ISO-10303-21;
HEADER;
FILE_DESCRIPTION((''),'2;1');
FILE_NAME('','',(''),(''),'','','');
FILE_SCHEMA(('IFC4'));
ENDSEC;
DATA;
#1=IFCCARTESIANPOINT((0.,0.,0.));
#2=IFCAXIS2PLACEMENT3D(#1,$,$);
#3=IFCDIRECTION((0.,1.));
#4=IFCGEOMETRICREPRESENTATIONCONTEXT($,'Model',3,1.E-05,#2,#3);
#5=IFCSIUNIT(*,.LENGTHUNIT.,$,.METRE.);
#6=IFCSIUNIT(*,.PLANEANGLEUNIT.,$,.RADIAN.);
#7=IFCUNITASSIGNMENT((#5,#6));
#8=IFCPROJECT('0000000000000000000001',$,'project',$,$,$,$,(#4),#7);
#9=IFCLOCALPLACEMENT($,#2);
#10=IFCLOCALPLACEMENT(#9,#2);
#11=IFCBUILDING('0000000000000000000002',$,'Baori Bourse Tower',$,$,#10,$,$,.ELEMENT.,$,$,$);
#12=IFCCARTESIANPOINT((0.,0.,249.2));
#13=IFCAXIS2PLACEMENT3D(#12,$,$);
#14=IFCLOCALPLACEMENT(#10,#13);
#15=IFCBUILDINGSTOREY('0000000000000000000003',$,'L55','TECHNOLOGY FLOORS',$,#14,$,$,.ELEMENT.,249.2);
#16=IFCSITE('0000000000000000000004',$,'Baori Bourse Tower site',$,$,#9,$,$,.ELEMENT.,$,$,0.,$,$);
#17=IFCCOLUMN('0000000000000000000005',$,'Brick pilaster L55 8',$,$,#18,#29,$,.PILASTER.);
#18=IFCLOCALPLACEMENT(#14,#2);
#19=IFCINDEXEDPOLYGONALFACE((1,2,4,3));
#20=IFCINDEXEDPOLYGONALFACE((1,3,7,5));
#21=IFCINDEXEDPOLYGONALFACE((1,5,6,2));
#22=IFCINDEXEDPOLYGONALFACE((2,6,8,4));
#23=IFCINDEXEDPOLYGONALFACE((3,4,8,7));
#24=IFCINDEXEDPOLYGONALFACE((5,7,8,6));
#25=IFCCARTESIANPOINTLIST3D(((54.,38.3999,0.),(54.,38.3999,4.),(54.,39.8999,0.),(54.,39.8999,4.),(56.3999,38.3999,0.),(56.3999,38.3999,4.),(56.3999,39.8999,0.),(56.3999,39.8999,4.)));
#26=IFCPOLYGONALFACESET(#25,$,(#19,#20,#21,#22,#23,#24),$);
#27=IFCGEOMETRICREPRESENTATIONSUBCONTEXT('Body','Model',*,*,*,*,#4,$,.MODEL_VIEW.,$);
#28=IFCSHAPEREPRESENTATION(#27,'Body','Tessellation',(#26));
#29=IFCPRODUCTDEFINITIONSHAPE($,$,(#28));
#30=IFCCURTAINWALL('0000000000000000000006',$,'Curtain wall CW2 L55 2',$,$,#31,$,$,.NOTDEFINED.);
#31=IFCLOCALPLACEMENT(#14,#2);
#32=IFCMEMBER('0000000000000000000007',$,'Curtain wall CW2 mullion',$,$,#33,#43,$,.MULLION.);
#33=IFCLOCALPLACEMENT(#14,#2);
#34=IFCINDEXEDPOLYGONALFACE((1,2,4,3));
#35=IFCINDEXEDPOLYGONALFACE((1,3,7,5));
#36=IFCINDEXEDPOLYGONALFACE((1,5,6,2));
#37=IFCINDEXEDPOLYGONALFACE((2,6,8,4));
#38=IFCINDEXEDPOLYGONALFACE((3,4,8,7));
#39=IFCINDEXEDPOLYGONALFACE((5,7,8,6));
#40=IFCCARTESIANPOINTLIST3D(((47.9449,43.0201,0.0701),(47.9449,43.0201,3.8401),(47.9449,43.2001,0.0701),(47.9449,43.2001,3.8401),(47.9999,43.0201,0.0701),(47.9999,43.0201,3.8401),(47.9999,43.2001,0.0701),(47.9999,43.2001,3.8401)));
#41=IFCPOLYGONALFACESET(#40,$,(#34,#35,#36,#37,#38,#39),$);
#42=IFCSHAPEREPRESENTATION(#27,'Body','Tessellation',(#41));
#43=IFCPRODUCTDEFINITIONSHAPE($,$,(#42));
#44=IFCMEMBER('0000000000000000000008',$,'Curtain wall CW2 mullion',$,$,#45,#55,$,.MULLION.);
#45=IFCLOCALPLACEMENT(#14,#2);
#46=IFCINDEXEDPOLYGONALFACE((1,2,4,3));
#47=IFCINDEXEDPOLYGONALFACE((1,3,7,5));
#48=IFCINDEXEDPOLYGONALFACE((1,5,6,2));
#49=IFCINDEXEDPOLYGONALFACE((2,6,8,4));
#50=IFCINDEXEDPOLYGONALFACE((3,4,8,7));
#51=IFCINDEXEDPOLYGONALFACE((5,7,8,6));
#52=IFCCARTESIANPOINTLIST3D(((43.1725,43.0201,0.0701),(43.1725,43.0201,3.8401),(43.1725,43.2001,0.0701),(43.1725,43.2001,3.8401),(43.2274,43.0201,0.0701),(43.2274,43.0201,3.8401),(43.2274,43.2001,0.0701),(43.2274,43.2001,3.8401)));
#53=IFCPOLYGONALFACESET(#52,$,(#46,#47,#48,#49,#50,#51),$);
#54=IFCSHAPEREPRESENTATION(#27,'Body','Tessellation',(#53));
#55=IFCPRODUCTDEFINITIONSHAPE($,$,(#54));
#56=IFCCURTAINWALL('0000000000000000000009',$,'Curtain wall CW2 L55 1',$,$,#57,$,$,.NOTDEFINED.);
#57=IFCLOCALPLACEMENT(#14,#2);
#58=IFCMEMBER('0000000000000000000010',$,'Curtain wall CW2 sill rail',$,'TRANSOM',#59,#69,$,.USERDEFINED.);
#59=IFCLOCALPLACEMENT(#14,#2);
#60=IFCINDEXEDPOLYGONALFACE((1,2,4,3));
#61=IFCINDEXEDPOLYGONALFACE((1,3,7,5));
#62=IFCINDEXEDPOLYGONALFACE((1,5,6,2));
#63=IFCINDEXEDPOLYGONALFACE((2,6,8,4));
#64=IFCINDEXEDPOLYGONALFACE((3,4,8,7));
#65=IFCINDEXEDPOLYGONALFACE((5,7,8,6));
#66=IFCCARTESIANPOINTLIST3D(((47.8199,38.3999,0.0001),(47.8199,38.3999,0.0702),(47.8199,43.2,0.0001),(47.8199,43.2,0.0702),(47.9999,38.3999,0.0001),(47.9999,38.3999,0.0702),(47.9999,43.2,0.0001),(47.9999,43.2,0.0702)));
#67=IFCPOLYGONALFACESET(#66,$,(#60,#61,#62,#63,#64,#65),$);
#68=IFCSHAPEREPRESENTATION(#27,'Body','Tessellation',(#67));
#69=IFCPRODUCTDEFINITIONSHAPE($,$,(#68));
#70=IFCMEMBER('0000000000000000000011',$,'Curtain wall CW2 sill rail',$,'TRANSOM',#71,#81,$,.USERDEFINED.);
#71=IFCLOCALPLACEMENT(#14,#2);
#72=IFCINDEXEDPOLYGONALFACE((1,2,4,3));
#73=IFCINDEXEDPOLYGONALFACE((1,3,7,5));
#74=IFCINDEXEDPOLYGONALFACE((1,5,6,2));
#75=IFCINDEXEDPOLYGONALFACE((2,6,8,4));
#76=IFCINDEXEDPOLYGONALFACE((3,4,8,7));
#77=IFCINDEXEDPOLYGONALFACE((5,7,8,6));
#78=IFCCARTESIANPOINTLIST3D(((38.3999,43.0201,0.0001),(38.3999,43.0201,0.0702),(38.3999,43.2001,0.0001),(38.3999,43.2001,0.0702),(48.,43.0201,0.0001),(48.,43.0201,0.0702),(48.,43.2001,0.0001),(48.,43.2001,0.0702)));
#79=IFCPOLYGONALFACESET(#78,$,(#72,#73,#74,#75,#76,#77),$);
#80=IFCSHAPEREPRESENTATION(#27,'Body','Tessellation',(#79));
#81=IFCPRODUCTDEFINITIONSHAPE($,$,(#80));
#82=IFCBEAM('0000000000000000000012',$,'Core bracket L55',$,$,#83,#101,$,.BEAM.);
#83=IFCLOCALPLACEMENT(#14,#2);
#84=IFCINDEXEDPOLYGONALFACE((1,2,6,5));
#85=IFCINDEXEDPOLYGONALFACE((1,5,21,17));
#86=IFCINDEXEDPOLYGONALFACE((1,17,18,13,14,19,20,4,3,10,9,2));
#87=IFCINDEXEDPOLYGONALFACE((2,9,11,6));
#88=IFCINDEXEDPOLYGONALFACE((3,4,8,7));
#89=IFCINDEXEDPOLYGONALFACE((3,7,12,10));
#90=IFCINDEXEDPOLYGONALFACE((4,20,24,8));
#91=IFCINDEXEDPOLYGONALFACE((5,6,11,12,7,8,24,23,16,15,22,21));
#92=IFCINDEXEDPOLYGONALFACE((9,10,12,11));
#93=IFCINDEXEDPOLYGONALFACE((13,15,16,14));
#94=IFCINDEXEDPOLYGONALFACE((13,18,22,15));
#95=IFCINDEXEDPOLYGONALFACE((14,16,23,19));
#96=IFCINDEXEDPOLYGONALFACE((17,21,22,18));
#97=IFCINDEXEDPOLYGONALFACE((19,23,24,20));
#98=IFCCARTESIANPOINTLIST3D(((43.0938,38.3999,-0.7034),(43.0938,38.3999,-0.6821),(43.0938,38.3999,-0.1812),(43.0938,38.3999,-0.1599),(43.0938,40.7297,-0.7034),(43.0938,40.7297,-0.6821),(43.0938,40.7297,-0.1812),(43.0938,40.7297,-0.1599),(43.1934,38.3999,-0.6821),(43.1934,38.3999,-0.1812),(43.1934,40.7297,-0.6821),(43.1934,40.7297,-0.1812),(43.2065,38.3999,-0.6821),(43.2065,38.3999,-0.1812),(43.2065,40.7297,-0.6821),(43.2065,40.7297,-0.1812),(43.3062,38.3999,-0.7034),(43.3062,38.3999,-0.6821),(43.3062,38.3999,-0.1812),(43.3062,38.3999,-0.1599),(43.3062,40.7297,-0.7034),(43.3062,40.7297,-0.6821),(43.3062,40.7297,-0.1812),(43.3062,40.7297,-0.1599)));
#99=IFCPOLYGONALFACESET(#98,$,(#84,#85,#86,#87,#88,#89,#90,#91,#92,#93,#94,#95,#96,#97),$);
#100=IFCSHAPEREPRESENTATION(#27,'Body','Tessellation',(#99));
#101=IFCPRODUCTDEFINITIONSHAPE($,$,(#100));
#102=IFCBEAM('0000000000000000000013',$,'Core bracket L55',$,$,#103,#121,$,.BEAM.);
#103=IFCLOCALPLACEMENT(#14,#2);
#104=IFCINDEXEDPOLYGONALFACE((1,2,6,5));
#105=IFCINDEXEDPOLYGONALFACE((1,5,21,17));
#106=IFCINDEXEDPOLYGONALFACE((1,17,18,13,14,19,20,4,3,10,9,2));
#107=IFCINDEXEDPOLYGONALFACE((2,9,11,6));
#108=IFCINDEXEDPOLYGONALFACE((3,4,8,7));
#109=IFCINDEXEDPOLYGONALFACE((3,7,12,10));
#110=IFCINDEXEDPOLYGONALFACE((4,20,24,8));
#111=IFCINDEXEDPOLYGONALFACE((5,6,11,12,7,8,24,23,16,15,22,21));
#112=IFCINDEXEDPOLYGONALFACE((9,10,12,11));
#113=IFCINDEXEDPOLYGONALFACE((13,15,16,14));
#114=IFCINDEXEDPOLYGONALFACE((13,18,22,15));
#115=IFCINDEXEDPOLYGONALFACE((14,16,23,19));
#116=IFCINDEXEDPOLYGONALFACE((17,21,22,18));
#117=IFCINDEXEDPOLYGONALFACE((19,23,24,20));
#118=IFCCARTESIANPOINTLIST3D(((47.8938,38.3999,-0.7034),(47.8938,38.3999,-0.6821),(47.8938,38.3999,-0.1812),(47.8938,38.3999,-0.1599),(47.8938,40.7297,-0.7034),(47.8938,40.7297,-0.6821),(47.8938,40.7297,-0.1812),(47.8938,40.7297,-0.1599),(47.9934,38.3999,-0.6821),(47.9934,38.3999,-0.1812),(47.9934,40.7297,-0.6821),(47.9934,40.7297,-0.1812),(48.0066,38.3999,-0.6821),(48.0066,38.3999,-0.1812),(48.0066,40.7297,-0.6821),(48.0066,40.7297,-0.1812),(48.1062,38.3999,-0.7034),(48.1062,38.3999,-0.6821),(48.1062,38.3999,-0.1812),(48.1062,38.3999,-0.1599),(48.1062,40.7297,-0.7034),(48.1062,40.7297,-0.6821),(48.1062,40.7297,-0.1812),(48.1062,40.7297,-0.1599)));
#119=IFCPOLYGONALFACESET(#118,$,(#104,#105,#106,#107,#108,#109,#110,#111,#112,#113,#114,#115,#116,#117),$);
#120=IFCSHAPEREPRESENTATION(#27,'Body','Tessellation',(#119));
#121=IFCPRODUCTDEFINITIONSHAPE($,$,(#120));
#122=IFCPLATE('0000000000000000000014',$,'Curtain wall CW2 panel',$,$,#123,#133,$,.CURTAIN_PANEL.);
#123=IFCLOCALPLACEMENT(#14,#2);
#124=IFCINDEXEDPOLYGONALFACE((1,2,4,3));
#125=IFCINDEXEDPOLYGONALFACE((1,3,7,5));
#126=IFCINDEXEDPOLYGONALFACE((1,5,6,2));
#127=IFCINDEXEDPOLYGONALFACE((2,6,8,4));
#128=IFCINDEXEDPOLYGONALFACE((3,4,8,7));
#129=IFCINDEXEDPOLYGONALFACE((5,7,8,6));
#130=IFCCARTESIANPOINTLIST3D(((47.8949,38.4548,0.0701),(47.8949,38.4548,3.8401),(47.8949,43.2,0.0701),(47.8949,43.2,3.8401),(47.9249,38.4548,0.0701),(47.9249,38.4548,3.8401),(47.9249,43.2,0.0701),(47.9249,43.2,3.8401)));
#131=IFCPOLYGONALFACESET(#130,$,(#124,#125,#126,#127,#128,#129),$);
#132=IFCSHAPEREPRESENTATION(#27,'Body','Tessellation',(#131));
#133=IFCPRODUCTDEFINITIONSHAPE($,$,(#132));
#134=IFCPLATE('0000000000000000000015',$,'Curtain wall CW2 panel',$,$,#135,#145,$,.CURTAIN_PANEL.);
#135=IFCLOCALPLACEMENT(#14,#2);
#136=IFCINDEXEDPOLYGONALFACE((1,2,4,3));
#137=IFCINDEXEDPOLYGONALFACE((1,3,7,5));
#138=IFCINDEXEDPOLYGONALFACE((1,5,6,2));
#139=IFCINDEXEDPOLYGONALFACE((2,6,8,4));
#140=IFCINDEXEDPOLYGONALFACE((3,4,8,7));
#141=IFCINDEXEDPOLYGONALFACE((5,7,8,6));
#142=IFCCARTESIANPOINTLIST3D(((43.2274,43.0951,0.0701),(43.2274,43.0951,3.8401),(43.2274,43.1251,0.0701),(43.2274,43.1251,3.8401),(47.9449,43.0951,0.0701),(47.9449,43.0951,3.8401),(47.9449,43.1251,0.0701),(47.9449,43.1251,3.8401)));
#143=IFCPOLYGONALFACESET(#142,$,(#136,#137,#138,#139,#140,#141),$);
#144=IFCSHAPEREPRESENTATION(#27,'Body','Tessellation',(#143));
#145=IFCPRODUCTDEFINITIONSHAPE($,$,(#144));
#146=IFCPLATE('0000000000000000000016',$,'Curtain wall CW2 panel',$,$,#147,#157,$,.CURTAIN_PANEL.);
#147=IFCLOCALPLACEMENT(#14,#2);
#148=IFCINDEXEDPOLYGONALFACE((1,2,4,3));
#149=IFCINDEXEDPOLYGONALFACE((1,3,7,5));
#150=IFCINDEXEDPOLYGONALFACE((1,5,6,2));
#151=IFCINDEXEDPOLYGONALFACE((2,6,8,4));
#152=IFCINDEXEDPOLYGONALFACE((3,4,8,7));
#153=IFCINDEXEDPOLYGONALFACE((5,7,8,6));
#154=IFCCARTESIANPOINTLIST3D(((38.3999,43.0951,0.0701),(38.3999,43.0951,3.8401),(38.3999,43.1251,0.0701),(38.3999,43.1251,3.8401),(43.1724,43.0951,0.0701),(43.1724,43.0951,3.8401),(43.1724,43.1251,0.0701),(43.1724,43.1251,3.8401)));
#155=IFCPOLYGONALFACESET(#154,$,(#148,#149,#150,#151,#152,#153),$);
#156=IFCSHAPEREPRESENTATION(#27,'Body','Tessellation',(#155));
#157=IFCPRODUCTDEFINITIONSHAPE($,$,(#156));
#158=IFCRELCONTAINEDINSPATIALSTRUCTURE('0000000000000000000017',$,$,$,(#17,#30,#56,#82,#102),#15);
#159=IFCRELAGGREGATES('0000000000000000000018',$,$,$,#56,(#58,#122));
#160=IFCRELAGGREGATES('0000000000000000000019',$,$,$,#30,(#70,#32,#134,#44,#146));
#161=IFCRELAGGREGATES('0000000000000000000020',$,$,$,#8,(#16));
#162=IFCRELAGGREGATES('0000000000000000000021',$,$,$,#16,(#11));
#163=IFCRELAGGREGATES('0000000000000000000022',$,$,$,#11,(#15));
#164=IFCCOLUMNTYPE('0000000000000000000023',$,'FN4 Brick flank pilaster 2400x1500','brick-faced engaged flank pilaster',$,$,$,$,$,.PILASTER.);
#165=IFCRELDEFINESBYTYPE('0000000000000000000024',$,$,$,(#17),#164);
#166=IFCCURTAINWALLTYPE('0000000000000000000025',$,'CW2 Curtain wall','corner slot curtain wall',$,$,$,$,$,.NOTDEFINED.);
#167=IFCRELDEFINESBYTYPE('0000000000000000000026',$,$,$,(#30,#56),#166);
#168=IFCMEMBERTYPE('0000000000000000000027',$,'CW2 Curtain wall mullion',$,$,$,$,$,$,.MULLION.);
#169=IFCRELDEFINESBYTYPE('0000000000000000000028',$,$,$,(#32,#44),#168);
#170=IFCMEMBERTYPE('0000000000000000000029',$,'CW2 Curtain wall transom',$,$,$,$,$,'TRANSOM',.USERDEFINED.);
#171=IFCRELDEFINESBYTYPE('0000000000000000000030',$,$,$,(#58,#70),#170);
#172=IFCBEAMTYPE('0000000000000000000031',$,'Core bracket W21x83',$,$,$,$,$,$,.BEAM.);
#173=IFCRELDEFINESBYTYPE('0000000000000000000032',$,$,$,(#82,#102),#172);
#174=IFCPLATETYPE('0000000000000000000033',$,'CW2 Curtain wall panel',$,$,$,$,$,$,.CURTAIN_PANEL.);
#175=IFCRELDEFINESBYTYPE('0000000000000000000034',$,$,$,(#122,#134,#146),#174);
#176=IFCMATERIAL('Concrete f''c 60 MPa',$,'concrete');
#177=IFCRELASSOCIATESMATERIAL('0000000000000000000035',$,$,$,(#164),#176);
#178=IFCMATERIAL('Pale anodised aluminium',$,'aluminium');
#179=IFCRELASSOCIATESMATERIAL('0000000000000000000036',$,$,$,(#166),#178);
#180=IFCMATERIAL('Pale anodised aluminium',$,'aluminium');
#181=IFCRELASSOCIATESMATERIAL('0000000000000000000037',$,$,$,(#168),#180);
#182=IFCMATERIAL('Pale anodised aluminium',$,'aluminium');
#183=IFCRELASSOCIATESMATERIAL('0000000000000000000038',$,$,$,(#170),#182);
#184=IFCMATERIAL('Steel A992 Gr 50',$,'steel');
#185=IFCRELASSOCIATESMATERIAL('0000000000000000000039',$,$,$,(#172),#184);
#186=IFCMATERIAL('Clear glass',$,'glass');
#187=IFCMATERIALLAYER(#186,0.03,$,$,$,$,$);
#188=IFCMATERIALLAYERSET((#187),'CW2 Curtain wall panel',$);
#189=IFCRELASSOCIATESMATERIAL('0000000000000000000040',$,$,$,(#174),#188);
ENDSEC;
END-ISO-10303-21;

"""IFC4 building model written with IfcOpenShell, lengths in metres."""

from ifc_helpers import new_model, si_unit, direction, frame, origin, origin_2d, place, context, subcontext, project, spatial, rectangle, i_section, extrude, material, layer, layer_set, material_profile, profile_set, type_object, element, aggregate, save


model = new_model("IFC4")

# Units and contexts
model_context = context("Model", 3, precision=1e-05, world=origin(), true_north=direction((0.0, 1.0)))
body_context = subcontext(model_context, "Body", "Model", "MODEL_VIEW")
ifc_project = project(units=[si_unit("LENGTHUNIT", "METRE"), si_unit("PLANEANGLEUNIT", "RADIAN")], contexts=[model_context])

# Site, building, storey
site_placement = place(None, origin())
site = spatial("IfcSite", under=ifc_project, at=site_placement, Name="Baori Bourse Tower site", CompositionType="ELEMENT", RefElevation=0.0)
building_placement = place(site_placement, origin())
building = spatial("IfcBuilding", under=site, at=building_placement, Name="Baori Bourse Tower", CompositionType="ELEMENT")
storey_placement = place(building_placement, frame((0.0, 0.0, 249.2)))
storey = spatial("IfcBuildingStorey", under=building, at=storey_placement, Name="L55", Description="TECHNOLOGY FLOORS", CompositionType="ELEMENT", Elevation=249.2)

# Column
ifc_material_1 = material(Name="Concrete f'c 60 MPa", Category="concrete")
ifc_material_profile_1 = material_profile(ifc_material_1, rectangle(XDim=2.3999, YDim=1.5, at=origin_2d()), Name="RC 2400x1500")
ifc_profile_set_1 = profile_set([ifc_material_profile_1], Name="Concrete f'c 60 MPa")
column_type = type_object("IfcColumnType", Name="FN4 Brick flank pilaster 2400x1500", Description="brick-faced engaged flank pilaster", PredefinedType="PILASTER", material=ifc_profile_set_1)
column_placement = place(storey_placement, frame((55.2, 39.1499, 0.0), z_axis=(0.0, 0.0, 1.0), x_axis=(1.0, 0.0, 0.0)))
element("IfcColumn", 1, at=column_placement, inside=storey, type_object=column_type, Name="Brick pilaster L55 8", PredefinedType="PILASTER", context=body_context, shape_type="SweptSolid", body=[
    extrude(rectangle(XDim=2.3999, YDim=1.5, at=origin_2d()), origin(), (0.0, 0.0, 1.0), 4.0),
])

# Curtain wall, members
ifc_material_2 = material(Name="Pale anodised aluminium", Category="aluminium")
curtain_wall_type = type_object("IfcCurtainWallType", Name="CW2 Curtain wall", Description="corner slot curtain wall", PredefinedType="NOTDEFINED", material=ifc_material_2)
curtain_wall_1_placement = place(storey_placement, origin())
curtain_wall_1 = element("IfcCurtainWall", 2, at=curtain_wall_1_placement, inside=storey, type_object=curtain_wall_type, Name="Curtain wall CW2 L55 2", PredefinedType="NOTDEFINED")
ifc_material_3 = material(Name="Pale anodised aluminium", Category="aluminium")
ifc_material_profile_2 = material_profile(ifc_material_3, rectangle(XDim=0.1799, YDim=0.0549, at=origin_2d()), Name="Mullion 55x180")
ifc_profile_set_2 = profile_set([ifc_material_profile_2], Name="Pale anodised aluminium")
member_type_1 = type_object("IfcMemberType", Name="CW2 Curtain wall mullion", PredefinedType="MULLION", material=ifc_profile_set_2)
member_1_placement = place(storey_placement, frame((47.9724, 43.1101, 0.0701), z_axis=(0.0, 0.0, 1.0), x_axis=(0.0, -1.0, 0.0)))
member_1 = element("IfcMember", 3, at=member_1_placement, type_object=member_type_1, Name="Curtain wall CW2 mullion", PredefinedType="MULLION", context=body_context, shape_type="SweptSolid", body=[
    extrude(rectangle(XDim=0.1799, YDim=0.0549, at=origin_2d()), origin(), (0.0, 0.0, 1.0), 3.77),
])
member_2_placement = place(storey_placement, frame((43.2, 43.1101, 0.0701), z_axis=(0.0, 0.0, 1.0), x_axis=(0.0, -1.0, 0.0)))
member_2 = element("IfcMember", 4, at=member_2_placement, type_object=member_type_1, Name="Curtain wall CW2 mullion", PredefinedType="MULLION", context=body_context, shape_type="SweptSolid", body=[
    extrude(rectangle(XDim=0.1799, YDim=0.0549, at=origin_2d()), origin(), (0.0, 0.0, 1.0), 3.77),
])

# Curtain wall, member
curtain_wall_2_placement = place(storey_placement, origin())
curtain_wall_2 = element("IfcCurtainWall", 5, at=curtain_wall_2_placement, inside=storey, type_object=curtain_wall_type, Name="Curtain wall CW2 L55 1", PredefinedType="NOTDEFINED")
ifc_material_4 = material(Name="Pale anodised aluminium", Category="aluminium")
ifc_material_profile_3 = material_profile(ifc_material_4, rectangle(XDim=0.1799, YDim=0.0701, at=origin_2d()), Name="Transom 70x180")
ifc_profile_set_3 = profile_set([ifc_material_profile_3], Name="Pale anodised aluminium")
member_type_2 = type_object("IfcMemberType", Name="CW2 Curtain wall transom", ElementType="TRANSOM", PredefinedType="USERDEFINED", material=ifc_profile_set_3)
member_3_placement = place(storey_placement, frame((47.9099, 38.3999, 0.0352), z_axis=(0.0, 1.0, 0.0), x_axis=(-1.0, 0.0, 0.0)))
member_3 = element("IfcMember", 6, at=member_3_placement, type_object=member_type_2, Name="Curtain wall CW2 sill rail", ObjectType="TRANSOM", PredefinedType="USERDEFINED", context=body_context, shape_type="SweptSolid", body=[
    extrude(rectangle(XDim=0.1799, YDim=0.0701, at=origin_2d()), origin(), (0.0, 0.0, 1.0), 4.8),
])

# Member
member_4_placement = place(storey_placement, frame((48.0, 43.1101, 0.0352), z_axis=(-1.0, 0.0, 0.0), x_axis=(0.0, -1.0, 0.0)))
member_4 = element("IfcMember", 7, at=member_4_placement, type_object=member_type_2, Name="Curtain wall CW2 sill rail", ObjectType="TRANSOM", PredefinedType="USERDEFINED", context=body_context, shape_type="SweptSolid", body=[
    extrude(rectangle(XDim=0.1799, YDim=0.0701, at=origin_2d()), origin(), (0.0, 0.0, 1.0), 9.6001),
])

# Beams
ifc_material_5 = material(Name="Steel A992 Gr 50", Category="steel")
ifc_material_profile_4 = material_profile(ifc_material_5, i_section(OverallWidth=0.2124, OverallDepth=0.5435, WebThickness=0.0132, FlangeThickness=0.0212, at=origin_2d()), Name="W21x83")
ifc_profile_set_4 = profile_set([ifc_material_profile_4], Name="Steel A992 Gr 50")
beam_type = type_object("IfcBeamType", Name="Core bracket W21x83", PredefinedType="BEAM", material=ifc_profile_set_4)
for number, where, z_axis, x_axis, name in (
    (8, (43.2, 38.3999, -0.4316), (0.0, 1.0, 0.0), (-1.0, 0.0, 0.0), "Core bracket L55"),
    (9, (48.0, 38.3999, -0.4316), (0.0, 1.0, 0.0), (-1.0, 0.0, 0.0), "Core bracket L55"),
):
    element("IfcBeam", number, at=place(storey_placement, frame(where, z_axis=z_axis, x_axis=x_axis)), inside=storey, type_object=beam_type, Name=name, PredefinedType="BEAM", context=body_context, shape_type="SweptSolid", body=[
        extrude(i_section(OverallWidth=0.2124, OverallDepth=0.5435, WebThickness=0.0132, FlangeThickness=0.0212, at=origin_2d()), origin(), (0.0, 0.0, 1.0), 2.3298),
    ])

# Plates
ifc_material_6 = material(Name="Clear glass", Category="glass")
ifc_layer_1 = layer(ifc_material_6, 0.03)
ifc_layer_set_1 = layer_set([ifc_layer_1], Name="CW2 Curtain wall panel")
plate_type = type_object("IfcPlateType", Name="CW2 Curtain wall panel", PredefinedType="CURTAIN_PANEL", material=ifc_layer_set_1)
plate_1_placement = place(storey_placement, frame((47.9099, 40.8274, 0.0701), z_axis=(0.0, 0.0, 1.0), x_axis=(0.0, 1.0, 0.0)))
plate_1 = element("IfcPlate", 10, at=plate_1_placement, type_object=plate_type, Name="Curtain wall CW2 panel", PredefinedType="CURTAIN_PANEL", context=body_context, shape_type="SweptSolid", body=[
    extrude(rectangle(XDim=4.7451, YDim=0.03, at=origin_2d()), origin(), (0.0, 0.0, 1.0), 3.77),
])
aggregate(curtain_wall_2, [member_3, plate_1])
plate_2_placement = place(storey_placement, frame((45.5862, 43.1101, 0.0701), z_axis=(0.0, 0.0, 1.0), x_axis=(-1.0, 0.0, 0.0)))
plate_2 = element("IfcPlate", 11, at=plate_2_placement, type_object=plate_type, Name="Curtain wall CW2 panel", PredefinedType="CURTAIN_PANEL", context=body_context, shape_type="SweptSolid", body=[
    extrude(rectangle(XDim=4.7175, YDim=0.03, at=origin_2d()), origin(), (0.0, 0.0, 1.0), 3.77),
])
plate_3_placement = place(storey_placement, frame((40.7861, 43.1101, 0.0701), z_axis=(0.0, 0.0, 1.0), x_axis=(-1.0, 0.0, 0.0)))
plate_3 = element("IfcPlate", 12, at=plate_3_placement, type_object=plate_type, Name="Curtain wall CW2 panel", PredefinedType="CURTAIN_PANEL", context=body_context, shape_type="SweptSolid", body=[
    extrude(rectangle(XDim=4.7725, YDim=0.03, at=origin_2d()), origin(), (0.0, 0.0, 1.0), 3.77),
])
aggregate(curtain_wall_1, [member_4, member_1, plate_2, member_2, plate_3])

save(model, "model.ifc")
